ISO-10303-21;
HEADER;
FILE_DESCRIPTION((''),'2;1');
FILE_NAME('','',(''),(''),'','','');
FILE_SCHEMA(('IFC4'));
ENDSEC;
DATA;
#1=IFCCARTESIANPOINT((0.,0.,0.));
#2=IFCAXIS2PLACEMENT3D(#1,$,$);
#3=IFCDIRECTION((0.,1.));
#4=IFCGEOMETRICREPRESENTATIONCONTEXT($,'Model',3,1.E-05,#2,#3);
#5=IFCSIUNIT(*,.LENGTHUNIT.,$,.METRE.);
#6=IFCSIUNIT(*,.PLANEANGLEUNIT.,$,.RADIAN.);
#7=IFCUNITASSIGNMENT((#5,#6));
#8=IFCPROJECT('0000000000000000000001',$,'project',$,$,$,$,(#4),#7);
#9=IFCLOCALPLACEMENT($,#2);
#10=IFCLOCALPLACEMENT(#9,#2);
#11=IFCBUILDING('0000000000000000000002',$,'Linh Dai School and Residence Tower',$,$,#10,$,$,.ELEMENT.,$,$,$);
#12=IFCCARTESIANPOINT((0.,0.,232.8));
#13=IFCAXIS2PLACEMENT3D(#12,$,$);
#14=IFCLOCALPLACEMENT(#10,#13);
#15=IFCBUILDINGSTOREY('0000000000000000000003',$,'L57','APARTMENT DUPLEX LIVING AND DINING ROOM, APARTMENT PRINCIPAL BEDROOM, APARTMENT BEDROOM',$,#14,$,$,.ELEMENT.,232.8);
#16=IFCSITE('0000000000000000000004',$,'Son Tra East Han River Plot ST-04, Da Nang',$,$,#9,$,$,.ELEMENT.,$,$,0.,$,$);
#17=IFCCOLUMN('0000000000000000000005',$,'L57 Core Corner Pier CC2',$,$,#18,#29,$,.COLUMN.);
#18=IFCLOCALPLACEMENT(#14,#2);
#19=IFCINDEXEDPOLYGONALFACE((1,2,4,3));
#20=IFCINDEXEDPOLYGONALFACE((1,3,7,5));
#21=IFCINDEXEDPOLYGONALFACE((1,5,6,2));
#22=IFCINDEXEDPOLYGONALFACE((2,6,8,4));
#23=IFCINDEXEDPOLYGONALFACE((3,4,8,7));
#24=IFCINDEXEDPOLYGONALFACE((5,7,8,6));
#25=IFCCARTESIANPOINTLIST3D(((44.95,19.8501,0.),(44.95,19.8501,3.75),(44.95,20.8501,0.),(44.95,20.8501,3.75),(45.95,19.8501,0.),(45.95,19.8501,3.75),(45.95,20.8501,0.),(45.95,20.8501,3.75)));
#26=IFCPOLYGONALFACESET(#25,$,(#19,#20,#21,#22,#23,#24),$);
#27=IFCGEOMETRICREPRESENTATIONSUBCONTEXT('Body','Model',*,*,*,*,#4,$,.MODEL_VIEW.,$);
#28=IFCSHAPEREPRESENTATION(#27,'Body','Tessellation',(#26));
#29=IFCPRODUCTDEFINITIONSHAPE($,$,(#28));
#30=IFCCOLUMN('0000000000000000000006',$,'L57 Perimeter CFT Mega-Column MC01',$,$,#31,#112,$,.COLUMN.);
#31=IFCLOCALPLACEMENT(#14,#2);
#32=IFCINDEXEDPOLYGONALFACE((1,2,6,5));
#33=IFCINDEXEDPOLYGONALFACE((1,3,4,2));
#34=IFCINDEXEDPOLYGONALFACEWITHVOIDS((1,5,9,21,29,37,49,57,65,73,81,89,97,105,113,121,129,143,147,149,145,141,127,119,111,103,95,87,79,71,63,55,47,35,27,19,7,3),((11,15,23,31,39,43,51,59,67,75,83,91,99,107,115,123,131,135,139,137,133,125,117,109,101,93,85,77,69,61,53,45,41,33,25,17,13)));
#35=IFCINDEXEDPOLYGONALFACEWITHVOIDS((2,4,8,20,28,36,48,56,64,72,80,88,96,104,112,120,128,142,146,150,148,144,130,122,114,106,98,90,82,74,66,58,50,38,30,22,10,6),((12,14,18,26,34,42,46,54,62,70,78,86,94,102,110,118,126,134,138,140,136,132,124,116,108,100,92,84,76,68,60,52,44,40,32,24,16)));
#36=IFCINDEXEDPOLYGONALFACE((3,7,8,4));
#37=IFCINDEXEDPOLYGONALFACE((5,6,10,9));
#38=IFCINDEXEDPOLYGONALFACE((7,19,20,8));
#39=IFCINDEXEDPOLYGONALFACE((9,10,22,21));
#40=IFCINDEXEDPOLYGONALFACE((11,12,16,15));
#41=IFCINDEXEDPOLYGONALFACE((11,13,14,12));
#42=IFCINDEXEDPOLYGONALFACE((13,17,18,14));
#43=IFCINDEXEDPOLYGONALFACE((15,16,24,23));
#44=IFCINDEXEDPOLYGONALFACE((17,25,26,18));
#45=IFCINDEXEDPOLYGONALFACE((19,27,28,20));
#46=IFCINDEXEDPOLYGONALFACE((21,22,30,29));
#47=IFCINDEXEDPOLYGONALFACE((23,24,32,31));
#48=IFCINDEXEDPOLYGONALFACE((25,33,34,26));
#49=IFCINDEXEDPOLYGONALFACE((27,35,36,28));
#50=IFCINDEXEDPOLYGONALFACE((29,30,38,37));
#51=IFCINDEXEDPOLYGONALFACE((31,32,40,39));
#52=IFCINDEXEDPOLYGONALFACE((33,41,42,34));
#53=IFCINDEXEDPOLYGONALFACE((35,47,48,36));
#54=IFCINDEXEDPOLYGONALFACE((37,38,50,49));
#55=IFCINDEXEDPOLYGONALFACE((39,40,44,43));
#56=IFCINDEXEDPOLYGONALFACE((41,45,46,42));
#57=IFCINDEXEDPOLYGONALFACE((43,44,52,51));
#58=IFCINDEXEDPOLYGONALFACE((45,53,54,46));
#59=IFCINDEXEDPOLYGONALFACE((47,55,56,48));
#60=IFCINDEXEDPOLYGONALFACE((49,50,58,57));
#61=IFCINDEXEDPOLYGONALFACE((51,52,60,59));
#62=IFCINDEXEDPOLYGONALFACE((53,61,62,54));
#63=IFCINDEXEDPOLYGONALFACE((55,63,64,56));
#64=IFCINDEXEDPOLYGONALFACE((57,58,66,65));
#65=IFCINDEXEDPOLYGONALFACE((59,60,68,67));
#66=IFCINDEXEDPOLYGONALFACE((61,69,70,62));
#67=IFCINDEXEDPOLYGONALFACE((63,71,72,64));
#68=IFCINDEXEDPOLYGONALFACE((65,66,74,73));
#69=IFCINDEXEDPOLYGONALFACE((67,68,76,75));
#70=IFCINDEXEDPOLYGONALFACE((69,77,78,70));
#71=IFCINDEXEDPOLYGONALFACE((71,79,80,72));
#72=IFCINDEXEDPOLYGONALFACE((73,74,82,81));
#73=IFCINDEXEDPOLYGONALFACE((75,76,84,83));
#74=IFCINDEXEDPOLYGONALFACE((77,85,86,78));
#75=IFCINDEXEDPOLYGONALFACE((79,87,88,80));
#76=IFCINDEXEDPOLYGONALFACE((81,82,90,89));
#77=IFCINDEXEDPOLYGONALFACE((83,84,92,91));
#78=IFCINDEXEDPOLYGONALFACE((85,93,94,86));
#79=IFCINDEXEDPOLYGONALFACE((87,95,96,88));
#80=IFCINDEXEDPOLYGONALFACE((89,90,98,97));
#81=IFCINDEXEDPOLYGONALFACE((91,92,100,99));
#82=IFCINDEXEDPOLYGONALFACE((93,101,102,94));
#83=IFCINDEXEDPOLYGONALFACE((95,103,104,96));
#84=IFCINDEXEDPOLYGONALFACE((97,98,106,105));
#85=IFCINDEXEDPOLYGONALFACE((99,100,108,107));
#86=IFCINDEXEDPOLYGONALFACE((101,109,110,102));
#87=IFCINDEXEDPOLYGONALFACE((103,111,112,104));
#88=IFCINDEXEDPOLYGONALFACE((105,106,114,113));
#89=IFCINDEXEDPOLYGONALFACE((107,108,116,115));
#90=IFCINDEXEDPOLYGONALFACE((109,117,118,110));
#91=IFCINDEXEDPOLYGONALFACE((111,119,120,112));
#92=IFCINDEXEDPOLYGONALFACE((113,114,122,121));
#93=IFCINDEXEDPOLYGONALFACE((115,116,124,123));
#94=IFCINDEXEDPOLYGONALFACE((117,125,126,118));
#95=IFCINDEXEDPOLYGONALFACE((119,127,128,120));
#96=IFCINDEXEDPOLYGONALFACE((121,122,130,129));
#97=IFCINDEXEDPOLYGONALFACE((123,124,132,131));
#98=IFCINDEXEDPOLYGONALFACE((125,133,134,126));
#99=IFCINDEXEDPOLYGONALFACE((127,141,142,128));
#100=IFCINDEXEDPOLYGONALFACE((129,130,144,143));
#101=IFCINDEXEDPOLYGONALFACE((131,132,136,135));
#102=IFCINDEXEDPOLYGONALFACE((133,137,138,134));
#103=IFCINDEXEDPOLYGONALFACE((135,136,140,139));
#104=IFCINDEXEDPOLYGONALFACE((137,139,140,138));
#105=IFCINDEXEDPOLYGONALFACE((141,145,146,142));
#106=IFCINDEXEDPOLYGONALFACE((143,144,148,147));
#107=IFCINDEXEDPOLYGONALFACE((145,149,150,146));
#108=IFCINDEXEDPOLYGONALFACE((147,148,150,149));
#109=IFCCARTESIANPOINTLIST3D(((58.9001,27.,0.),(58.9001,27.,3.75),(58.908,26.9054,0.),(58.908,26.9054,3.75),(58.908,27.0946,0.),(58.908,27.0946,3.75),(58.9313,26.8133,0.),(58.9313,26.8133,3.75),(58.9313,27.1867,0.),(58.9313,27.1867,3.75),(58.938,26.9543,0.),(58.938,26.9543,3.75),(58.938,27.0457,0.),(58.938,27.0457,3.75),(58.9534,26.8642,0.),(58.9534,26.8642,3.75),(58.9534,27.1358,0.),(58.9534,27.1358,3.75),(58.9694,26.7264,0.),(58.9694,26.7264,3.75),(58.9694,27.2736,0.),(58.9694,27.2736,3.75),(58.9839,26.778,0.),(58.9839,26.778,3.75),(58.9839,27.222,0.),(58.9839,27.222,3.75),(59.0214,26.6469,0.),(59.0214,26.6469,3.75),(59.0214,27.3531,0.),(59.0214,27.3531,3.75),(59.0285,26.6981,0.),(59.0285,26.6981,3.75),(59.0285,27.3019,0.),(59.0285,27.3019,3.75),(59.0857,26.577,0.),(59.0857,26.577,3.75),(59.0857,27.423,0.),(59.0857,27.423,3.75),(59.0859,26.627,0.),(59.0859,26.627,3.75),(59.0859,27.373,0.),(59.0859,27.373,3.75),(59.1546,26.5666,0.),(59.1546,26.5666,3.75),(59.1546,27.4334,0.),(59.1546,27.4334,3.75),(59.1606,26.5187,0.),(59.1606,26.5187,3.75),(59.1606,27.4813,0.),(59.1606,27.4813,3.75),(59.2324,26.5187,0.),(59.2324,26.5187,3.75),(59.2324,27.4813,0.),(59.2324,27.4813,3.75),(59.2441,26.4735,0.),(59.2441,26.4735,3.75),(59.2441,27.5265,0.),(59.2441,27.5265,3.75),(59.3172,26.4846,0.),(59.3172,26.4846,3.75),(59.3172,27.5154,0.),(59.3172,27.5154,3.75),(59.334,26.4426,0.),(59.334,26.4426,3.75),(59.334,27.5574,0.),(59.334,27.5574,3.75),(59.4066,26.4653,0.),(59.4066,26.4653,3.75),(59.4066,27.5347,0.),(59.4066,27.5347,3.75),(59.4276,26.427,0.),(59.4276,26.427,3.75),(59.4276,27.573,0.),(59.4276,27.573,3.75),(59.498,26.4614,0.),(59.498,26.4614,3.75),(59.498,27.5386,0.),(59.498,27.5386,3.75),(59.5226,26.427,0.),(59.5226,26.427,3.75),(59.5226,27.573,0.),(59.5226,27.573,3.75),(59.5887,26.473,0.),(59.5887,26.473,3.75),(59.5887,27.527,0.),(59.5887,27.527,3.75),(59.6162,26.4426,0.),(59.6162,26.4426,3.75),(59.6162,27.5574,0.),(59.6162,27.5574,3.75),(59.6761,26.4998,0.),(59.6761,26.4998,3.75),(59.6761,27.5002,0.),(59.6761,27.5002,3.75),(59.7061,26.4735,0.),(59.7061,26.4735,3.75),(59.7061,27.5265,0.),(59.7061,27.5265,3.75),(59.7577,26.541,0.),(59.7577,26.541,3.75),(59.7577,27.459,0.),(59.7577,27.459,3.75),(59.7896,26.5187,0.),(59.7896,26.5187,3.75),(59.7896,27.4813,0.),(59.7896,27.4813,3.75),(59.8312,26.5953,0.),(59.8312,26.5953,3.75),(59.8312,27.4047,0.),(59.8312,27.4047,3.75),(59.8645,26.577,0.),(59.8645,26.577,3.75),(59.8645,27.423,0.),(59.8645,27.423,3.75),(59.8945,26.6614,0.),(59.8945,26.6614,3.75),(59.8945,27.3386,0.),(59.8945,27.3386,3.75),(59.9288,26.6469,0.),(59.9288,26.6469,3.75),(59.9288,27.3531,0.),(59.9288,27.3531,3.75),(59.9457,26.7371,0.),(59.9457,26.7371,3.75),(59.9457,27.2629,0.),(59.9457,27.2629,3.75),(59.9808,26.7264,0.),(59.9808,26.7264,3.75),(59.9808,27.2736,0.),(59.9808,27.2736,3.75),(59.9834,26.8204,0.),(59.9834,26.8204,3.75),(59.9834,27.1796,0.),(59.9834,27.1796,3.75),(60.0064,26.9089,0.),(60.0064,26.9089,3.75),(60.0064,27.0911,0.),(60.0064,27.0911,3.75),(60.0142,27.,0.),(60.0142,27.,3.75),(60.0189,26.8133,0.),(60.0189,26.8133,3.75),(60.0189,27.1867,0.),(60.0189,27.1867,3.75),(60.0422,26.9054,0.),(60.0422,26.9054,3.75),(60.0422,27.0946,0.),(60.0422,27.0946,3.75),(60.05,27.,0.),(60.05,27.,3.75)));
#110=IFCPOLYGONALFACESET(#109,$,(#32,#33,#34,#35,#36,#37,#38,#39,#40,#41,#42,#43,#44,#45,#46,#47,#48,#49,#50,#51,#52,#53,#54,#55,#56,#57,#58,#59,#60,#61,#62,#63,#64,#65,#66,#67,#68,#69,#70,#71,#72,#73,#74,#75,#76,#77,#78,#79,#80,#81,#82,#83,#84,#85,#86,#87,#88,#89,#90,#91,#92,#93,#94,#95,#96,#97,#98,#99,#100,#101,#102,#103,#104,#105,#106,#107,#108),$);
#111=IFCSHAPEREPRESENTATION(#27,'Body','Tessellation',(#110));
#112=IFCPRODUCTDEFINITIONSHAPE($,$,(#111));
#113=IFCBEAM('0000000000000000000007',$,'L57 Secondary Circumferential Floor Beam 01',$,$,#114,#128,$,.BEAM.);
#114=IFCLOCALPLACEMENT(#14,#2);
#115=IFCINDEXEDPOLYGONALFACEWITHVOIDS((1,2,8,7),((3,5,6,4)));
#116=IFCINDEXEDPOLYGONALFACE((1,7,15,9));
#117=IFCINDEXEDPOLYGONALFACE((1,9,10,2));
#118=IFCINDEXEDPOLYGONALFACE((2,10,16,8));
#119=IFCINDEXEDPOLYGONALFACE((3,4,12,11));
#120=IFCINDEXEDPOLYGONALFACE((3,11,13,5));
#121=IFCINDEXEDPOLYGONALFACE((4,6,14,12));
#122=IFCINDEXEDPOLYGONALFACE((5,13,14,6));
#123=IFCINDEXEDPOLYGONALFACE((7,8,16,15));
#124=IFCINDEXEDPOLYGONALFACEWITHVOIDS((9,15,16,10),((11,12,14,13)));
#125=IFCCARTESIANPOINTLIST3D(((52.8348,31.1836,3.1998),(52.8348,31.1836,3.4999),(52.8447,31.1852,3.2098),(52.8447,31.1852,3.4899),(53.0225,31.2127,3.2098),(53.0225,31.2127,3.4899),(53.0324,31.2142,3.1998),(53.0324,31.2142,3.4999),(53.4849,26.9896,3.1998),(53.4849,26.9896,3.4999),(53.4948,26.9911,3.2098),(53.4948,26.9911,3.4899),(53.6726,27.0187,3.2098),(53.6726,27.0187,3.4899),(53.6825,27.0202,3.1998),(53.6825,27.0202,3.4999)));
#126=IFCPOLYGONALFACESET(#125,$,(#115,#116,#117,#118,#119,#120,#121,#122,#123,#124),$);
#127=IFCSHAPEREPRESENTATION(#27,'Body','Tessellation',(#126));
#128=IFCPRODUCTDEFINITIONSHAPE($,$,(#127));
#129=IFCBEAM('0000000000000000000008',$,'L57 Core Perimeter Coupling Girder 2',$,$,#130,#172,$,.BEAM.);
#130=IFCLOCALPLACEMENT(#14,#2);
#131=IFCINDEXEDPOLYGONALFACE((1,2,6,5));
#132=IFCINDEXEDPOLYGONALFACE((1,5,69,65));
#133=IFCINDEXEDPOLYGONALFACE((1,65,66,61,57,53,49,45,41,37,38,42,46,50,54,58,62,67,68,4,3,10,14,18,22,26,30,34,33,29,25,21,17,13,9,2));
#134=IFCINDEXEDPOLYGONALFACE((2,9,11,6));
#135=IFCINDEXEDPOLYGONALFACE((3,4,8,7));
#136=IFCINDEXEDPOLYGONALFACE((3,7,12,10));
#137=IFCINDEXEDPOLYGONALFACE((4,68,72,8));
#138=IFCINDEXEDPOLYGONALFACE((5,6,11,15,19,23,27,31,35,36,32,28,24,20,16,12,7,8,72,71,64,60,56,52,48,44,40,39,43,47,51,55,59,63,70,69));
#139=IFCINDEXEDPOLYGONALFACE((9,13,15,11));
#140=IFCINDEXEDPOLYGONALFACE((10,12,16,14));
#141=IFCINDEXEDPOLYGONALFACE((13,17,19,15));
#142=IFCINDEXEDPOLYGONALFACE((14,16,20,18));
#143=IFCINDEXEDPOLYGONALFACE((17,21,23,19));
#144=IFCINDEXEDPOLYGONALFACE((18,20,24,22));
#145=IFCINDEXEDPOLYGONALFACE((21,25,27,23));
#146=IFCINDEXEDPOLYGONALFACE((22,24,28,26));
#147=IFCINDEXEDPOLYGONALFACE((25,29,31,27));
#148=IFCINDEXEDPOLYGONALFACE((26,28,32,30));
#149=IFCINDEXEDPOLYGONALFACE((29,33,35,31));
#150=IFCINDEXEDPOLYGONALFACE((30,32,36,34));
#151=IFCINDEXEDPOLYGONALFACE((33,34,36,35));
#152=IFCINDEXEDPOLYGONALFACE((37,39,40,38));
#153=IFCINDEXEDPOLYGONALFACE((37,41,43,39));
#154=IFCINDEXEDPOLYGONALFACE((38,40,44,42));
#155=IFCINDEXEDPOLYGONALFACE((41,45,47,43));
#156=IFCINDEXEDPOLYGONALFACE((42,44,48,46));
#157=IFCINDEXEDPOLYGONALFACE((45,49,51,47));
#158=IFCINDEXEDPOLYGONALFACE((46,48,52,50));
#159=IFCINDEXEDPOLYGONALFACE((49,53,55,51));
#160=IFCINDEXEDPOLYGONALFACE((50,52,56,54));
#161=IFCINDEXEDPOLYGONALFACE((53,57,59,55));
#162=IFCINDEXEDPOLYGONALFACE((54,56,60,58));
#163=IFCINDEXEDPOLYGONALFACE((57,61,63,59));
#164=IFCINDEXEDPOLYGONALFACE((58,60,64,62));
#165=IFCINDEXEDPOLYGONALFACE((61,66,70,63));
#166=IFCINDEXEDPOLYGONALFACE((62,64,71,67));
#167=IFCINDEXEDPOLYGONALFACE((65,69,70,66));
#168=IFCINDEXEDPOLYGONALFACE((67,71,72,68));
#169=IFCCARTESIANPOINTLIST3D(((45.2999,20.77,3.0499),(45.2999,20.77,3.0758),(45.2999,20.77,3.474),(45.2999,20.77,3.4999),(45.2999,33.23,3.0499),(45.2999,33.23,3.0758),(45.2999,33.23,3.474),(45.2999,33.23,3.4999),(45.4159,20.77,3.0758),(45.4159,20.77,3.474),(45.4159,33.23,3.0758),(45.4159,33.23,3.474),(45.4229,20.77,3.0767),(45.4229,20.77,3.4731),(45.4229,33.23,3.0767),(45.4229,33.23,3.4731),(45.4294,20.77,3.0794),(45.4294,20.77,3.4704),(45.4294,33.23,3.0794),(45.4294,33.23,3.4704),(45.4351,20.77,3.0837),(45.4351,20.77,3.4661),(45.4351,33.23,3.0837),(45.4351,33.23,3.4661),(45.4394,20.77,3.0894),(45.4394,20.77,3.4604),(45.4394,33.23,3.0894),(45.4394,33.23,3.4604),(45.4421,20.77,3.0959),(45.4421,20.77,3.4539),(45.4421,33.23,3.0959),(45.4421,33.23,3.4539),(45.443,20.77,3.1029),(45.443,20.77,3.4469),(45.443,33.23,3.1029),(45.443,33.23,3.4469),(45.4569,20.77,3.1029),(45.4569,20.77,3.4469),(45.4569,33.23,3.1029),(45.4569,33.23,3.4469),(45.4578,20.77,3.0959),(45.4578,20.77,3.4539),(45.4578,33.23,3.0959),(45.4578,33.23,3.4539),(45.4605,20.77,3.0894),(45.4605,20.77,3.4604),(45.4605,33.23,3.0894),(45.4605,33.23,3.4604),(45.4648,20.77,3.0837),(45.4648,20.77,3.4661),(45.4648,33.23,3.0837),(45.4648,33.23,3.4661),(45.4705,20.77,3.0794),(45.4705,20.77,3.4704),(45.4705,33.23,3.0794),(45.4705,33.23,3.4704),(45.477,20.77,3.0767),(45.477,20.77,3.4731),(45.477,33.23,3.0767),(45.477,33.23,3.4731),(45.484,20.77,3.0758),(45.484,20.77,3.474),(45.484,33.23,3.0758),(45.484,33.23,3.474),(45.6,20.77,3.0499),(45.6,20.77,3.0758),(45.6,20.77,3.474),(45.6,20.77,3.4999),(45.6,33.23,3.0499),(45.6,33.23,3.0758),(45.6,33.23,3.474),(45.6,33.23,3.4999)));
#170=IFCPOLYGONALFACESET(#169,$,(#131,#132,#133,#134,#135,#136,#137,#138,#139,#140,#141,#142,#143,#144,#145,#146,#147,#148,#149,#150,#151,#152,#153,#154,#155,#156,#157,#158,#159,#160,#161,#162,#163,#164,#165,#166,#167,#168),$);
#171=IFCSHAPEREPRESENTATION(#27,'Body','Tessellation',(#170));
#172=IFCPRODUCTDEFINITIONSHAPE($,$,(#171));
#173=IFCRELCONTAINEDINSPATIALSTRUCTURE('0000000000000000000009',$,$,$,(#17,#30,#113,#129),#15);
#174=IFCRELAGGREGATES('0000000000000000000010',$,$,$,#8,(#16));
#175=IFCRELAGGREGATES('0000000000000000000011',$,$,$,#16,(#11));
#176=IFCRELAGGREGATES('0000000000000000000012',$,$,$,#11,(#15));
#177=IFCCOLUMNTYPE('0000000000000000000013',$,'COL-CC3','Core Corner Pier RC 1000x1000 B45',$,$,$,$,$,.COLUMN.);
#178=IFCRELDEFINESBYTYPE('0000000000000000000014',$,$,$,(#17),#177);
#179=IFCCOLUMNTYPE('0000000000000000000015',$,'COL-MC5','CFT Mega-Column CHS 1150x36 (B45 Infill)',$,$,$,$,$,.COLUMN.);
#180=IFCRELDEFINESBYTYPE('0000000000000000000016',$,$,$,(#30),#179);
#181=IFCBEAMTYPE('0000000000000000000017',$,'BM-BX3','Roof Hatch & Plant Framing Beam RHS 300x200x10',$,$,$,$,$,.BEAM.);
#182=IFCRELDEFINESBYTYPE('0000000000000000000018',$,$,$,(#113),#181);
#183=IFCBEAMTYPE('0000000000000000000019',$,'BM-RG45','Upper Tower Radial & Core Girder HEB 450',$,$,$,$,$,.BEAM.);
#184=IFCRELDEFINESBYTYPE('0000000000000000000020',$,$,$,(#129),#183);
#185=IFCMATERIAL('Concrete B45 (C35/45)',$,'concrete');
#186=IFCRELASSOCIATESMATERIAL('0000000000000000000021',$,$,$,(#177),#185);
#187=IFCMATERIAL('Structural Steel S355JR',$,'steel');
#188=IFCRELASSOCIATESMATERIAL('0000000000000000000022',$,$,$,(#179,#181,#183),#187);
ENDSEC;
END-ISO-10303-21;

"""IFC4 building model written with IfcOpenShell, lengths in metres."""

from ifc_helpers import new_model, si_unit, direction, frame, origin, origin_2d, place, context, subcontext, project, spatial, rectangle, hollow_rectangle, hollow_circle, i_section, extrude, material, material_profile, profile_set, type_object, element, save


model = new_model("IFC4")

# Units and contexts
model_context = context("Model", 3, precision=1e-05, world=origin(), true_north=direction((0.0, 1.0)))
body_context = subcontext(model_context, "Body", "Model", "MODEL_VIEW")
ifc_project = project(units=[si_unit("LENGTHUNIT", "METRE"), si_unit("PLANEANGLEUNIT", "RADIAN")], contexts=[model_context])

# Site, building, storey
site_placement = place(None, origin())
site = spatial("IfcSite", under=ifc_project, at=site_placement, Name="Son Tra East Han River Plot ST-04, Da Nang", CompositionType="ELEMENT", RefElevation=0.0)
building_placement = place(site_placement, origin())
building = spatial("IfcBuilding", under=site, at=building_placement, Name="Linh Dai School and Residence Tower", CompositionType="ELEMENT")
storey_placement = place(building_placement, frame((0.0, 0.0, 232.8)))
storey = spatial("IfcBuildingStorey", under=building, at=storey_placement, Name="L57", Description="APARTMENT DUPLEX LIVING AND DINING ROOM, APARTMENT PRINCIPAL BEDROOM, APARTMENT BEDROOM", CompositionType="ELEMENT", Elevation=232.8)

# Columns
ifc_material_1 = material(Name="Concrete B45 (C35/45)", Category="concrete")
ifc_material_profile_1 = material_profile(ifc_material_1, rectangle(XDim=1.0, YDim=1.0, at=origin_2d()), Name="RC 1000x1000")
ifc_profile_set_1 = profile_set([ifc_material_profile_1], Name="Concrete B45 (C35/45)")
column_type_1 = type_object("IfcColumnType", Name="COL-CC3", Description="Core Corner Pier RC 1000x1000 B45", PredefinedType="COLUMN", material=ifc_profile_set_1)
column_1_placement = place(storey_placement, frame((45.45, 20.3501, 0.0), z_axis=(0.0, 0.0, 1.0), x_axis=(1.0, 0.0, 0.0)))
element("IfcColumn", 1, at=column_1_placement, inside=storey, type_object=column_type_1, Name="L57 Core Corner Pier CC2", PredefinedType="COLUMN", context=body_context, shape_type="SweptSolid", body=[
    extrude(rectangle(XDim=1.0, YDim=1.0, at=origin_2d()), origin(), (0.0, 0.0, 1.0), 3.75),
])
ifc_material_2 = material(Name="Structural Steel S355JR", Category="steel")
ifc_material_profile_2 = material_profile(ifc_material_2, hollow_circle(Radius=0.575, WallThickness=0.0359, at=origin_2d()), Name="CHS 1150x36")
ifc_profile_set_2 = profile_set([ifc_material_profile_2], Name="Structural Steel S355JR")
column_type_2 = type_object("IfcColumnType", Name="COL-MC5", Description="CFT Mega-Column CHS 1150x36 (B45 Infill)", PredefinedType="COLUMN", material=ifc_profile_set_2)
column_2_placement = place(storey_placement, frame((59.4751, 27.0, 0.0), z_axis=(0.0, 0.0, 1.0), x_axis=(1.0, 0.0, 0.0)))
element("IfcColumn", 2, at=column_2_placement, inside=storey, type_object=column_type_2, Name="L57 Perimeter CFT Mega-Column MC01", PredefinedType="COLUMN", context=body_context, shape_type="SweptSolid", body=[
    extrude(hollow_circle(Radius=0.575, WallThickness=0.0359, at=origin_2d()), origin(), (0.0, 0.0, 1.0), 3.75),
])

# Beams
ifc_material_profile_3 = material_profile(ifc_material_2, hollow_rectangle(XDim=0.2, YDim=0.3, WallThickness=0.01, at=origin_2d()), Name="RHS 300x200x10")
ifc_profile_set_3 = profile_set([ifc_material_profile_3], Name="Structural Steel S355JR")
beam_type_1 = type_object("IfcBeamType", Name="BM-BX3", Description="Roof Hatch & Plant Framing Beam RHS 300x200x10", PredefinedType="BEAM", material=ifc_profile_set_3)
beam_1_placement = place(storey_placement, frame((53.5837, 27.0049, 3.3499), z_axis=(-0.153185, 0.988197, 0.0), x_axis=(-0.988197, -0.153185, 0.0)))
element("IfcBeam", 3, at=beam_1_placement, inside=storey, type_object=beam_type_1, Name="L57 Secondary Circumferential Floor Beam 01", PredefinedType="BEAM", context=body_context, shape_type="SweptSolid", body=[
    extrude(hollow_rectangle(XDim=0.2, YDim=0.3, WallThickness=0.01, at=origin_2d()), origin(), (0.0, 0.0, 1.0), 4.2441),
])
ifc_material_profile_4 = material_profile(ifc_material_2, i_section(OverallWidth=0.3, OverallDepth=0.45, WebThickness=0.0139, FlangeThickness=0.0259, FilletRadius=0.0271, at=origin_2d()), Name="HEB 450")
ifc_profile_set_4 = profile_set([ifc_material_profile_4], Name="Structural Steel S355JR")
beam_type_2 = type_object("IfcBeamType", Name="BM-RG45", Description="Upper Tower Radial & Core Girder HEB 450", PredefinedType="BEAM", material=ifc_profile_set_4)
beam_2_placement = place(storey_placement, frame((45.45, 20.77, 3.2749), z_axis=(0.0, 1.0, 0.0), x_axis=(-1.0, 0.0, 0.0)))
element("IfcBeam", 4, at=beam_2_placement, inside=storey, type_object=beam_type_2, Name="L57 Core Perimeter Coupling Girder 2", PredefinedType="BEAM", context=body_context, shape_type="SweptSolid", body=[
    extrude(i_section(OverallWidth=0.3, OverallDepth=0.45, WebThickness=0.0139, FlangeThickness=0.0259, FilletRadius=0.0271, at=origin_2d()), origin(), (0.0, 0.0, 1.0), 12.46),
])

save(model, "model.ifc")
